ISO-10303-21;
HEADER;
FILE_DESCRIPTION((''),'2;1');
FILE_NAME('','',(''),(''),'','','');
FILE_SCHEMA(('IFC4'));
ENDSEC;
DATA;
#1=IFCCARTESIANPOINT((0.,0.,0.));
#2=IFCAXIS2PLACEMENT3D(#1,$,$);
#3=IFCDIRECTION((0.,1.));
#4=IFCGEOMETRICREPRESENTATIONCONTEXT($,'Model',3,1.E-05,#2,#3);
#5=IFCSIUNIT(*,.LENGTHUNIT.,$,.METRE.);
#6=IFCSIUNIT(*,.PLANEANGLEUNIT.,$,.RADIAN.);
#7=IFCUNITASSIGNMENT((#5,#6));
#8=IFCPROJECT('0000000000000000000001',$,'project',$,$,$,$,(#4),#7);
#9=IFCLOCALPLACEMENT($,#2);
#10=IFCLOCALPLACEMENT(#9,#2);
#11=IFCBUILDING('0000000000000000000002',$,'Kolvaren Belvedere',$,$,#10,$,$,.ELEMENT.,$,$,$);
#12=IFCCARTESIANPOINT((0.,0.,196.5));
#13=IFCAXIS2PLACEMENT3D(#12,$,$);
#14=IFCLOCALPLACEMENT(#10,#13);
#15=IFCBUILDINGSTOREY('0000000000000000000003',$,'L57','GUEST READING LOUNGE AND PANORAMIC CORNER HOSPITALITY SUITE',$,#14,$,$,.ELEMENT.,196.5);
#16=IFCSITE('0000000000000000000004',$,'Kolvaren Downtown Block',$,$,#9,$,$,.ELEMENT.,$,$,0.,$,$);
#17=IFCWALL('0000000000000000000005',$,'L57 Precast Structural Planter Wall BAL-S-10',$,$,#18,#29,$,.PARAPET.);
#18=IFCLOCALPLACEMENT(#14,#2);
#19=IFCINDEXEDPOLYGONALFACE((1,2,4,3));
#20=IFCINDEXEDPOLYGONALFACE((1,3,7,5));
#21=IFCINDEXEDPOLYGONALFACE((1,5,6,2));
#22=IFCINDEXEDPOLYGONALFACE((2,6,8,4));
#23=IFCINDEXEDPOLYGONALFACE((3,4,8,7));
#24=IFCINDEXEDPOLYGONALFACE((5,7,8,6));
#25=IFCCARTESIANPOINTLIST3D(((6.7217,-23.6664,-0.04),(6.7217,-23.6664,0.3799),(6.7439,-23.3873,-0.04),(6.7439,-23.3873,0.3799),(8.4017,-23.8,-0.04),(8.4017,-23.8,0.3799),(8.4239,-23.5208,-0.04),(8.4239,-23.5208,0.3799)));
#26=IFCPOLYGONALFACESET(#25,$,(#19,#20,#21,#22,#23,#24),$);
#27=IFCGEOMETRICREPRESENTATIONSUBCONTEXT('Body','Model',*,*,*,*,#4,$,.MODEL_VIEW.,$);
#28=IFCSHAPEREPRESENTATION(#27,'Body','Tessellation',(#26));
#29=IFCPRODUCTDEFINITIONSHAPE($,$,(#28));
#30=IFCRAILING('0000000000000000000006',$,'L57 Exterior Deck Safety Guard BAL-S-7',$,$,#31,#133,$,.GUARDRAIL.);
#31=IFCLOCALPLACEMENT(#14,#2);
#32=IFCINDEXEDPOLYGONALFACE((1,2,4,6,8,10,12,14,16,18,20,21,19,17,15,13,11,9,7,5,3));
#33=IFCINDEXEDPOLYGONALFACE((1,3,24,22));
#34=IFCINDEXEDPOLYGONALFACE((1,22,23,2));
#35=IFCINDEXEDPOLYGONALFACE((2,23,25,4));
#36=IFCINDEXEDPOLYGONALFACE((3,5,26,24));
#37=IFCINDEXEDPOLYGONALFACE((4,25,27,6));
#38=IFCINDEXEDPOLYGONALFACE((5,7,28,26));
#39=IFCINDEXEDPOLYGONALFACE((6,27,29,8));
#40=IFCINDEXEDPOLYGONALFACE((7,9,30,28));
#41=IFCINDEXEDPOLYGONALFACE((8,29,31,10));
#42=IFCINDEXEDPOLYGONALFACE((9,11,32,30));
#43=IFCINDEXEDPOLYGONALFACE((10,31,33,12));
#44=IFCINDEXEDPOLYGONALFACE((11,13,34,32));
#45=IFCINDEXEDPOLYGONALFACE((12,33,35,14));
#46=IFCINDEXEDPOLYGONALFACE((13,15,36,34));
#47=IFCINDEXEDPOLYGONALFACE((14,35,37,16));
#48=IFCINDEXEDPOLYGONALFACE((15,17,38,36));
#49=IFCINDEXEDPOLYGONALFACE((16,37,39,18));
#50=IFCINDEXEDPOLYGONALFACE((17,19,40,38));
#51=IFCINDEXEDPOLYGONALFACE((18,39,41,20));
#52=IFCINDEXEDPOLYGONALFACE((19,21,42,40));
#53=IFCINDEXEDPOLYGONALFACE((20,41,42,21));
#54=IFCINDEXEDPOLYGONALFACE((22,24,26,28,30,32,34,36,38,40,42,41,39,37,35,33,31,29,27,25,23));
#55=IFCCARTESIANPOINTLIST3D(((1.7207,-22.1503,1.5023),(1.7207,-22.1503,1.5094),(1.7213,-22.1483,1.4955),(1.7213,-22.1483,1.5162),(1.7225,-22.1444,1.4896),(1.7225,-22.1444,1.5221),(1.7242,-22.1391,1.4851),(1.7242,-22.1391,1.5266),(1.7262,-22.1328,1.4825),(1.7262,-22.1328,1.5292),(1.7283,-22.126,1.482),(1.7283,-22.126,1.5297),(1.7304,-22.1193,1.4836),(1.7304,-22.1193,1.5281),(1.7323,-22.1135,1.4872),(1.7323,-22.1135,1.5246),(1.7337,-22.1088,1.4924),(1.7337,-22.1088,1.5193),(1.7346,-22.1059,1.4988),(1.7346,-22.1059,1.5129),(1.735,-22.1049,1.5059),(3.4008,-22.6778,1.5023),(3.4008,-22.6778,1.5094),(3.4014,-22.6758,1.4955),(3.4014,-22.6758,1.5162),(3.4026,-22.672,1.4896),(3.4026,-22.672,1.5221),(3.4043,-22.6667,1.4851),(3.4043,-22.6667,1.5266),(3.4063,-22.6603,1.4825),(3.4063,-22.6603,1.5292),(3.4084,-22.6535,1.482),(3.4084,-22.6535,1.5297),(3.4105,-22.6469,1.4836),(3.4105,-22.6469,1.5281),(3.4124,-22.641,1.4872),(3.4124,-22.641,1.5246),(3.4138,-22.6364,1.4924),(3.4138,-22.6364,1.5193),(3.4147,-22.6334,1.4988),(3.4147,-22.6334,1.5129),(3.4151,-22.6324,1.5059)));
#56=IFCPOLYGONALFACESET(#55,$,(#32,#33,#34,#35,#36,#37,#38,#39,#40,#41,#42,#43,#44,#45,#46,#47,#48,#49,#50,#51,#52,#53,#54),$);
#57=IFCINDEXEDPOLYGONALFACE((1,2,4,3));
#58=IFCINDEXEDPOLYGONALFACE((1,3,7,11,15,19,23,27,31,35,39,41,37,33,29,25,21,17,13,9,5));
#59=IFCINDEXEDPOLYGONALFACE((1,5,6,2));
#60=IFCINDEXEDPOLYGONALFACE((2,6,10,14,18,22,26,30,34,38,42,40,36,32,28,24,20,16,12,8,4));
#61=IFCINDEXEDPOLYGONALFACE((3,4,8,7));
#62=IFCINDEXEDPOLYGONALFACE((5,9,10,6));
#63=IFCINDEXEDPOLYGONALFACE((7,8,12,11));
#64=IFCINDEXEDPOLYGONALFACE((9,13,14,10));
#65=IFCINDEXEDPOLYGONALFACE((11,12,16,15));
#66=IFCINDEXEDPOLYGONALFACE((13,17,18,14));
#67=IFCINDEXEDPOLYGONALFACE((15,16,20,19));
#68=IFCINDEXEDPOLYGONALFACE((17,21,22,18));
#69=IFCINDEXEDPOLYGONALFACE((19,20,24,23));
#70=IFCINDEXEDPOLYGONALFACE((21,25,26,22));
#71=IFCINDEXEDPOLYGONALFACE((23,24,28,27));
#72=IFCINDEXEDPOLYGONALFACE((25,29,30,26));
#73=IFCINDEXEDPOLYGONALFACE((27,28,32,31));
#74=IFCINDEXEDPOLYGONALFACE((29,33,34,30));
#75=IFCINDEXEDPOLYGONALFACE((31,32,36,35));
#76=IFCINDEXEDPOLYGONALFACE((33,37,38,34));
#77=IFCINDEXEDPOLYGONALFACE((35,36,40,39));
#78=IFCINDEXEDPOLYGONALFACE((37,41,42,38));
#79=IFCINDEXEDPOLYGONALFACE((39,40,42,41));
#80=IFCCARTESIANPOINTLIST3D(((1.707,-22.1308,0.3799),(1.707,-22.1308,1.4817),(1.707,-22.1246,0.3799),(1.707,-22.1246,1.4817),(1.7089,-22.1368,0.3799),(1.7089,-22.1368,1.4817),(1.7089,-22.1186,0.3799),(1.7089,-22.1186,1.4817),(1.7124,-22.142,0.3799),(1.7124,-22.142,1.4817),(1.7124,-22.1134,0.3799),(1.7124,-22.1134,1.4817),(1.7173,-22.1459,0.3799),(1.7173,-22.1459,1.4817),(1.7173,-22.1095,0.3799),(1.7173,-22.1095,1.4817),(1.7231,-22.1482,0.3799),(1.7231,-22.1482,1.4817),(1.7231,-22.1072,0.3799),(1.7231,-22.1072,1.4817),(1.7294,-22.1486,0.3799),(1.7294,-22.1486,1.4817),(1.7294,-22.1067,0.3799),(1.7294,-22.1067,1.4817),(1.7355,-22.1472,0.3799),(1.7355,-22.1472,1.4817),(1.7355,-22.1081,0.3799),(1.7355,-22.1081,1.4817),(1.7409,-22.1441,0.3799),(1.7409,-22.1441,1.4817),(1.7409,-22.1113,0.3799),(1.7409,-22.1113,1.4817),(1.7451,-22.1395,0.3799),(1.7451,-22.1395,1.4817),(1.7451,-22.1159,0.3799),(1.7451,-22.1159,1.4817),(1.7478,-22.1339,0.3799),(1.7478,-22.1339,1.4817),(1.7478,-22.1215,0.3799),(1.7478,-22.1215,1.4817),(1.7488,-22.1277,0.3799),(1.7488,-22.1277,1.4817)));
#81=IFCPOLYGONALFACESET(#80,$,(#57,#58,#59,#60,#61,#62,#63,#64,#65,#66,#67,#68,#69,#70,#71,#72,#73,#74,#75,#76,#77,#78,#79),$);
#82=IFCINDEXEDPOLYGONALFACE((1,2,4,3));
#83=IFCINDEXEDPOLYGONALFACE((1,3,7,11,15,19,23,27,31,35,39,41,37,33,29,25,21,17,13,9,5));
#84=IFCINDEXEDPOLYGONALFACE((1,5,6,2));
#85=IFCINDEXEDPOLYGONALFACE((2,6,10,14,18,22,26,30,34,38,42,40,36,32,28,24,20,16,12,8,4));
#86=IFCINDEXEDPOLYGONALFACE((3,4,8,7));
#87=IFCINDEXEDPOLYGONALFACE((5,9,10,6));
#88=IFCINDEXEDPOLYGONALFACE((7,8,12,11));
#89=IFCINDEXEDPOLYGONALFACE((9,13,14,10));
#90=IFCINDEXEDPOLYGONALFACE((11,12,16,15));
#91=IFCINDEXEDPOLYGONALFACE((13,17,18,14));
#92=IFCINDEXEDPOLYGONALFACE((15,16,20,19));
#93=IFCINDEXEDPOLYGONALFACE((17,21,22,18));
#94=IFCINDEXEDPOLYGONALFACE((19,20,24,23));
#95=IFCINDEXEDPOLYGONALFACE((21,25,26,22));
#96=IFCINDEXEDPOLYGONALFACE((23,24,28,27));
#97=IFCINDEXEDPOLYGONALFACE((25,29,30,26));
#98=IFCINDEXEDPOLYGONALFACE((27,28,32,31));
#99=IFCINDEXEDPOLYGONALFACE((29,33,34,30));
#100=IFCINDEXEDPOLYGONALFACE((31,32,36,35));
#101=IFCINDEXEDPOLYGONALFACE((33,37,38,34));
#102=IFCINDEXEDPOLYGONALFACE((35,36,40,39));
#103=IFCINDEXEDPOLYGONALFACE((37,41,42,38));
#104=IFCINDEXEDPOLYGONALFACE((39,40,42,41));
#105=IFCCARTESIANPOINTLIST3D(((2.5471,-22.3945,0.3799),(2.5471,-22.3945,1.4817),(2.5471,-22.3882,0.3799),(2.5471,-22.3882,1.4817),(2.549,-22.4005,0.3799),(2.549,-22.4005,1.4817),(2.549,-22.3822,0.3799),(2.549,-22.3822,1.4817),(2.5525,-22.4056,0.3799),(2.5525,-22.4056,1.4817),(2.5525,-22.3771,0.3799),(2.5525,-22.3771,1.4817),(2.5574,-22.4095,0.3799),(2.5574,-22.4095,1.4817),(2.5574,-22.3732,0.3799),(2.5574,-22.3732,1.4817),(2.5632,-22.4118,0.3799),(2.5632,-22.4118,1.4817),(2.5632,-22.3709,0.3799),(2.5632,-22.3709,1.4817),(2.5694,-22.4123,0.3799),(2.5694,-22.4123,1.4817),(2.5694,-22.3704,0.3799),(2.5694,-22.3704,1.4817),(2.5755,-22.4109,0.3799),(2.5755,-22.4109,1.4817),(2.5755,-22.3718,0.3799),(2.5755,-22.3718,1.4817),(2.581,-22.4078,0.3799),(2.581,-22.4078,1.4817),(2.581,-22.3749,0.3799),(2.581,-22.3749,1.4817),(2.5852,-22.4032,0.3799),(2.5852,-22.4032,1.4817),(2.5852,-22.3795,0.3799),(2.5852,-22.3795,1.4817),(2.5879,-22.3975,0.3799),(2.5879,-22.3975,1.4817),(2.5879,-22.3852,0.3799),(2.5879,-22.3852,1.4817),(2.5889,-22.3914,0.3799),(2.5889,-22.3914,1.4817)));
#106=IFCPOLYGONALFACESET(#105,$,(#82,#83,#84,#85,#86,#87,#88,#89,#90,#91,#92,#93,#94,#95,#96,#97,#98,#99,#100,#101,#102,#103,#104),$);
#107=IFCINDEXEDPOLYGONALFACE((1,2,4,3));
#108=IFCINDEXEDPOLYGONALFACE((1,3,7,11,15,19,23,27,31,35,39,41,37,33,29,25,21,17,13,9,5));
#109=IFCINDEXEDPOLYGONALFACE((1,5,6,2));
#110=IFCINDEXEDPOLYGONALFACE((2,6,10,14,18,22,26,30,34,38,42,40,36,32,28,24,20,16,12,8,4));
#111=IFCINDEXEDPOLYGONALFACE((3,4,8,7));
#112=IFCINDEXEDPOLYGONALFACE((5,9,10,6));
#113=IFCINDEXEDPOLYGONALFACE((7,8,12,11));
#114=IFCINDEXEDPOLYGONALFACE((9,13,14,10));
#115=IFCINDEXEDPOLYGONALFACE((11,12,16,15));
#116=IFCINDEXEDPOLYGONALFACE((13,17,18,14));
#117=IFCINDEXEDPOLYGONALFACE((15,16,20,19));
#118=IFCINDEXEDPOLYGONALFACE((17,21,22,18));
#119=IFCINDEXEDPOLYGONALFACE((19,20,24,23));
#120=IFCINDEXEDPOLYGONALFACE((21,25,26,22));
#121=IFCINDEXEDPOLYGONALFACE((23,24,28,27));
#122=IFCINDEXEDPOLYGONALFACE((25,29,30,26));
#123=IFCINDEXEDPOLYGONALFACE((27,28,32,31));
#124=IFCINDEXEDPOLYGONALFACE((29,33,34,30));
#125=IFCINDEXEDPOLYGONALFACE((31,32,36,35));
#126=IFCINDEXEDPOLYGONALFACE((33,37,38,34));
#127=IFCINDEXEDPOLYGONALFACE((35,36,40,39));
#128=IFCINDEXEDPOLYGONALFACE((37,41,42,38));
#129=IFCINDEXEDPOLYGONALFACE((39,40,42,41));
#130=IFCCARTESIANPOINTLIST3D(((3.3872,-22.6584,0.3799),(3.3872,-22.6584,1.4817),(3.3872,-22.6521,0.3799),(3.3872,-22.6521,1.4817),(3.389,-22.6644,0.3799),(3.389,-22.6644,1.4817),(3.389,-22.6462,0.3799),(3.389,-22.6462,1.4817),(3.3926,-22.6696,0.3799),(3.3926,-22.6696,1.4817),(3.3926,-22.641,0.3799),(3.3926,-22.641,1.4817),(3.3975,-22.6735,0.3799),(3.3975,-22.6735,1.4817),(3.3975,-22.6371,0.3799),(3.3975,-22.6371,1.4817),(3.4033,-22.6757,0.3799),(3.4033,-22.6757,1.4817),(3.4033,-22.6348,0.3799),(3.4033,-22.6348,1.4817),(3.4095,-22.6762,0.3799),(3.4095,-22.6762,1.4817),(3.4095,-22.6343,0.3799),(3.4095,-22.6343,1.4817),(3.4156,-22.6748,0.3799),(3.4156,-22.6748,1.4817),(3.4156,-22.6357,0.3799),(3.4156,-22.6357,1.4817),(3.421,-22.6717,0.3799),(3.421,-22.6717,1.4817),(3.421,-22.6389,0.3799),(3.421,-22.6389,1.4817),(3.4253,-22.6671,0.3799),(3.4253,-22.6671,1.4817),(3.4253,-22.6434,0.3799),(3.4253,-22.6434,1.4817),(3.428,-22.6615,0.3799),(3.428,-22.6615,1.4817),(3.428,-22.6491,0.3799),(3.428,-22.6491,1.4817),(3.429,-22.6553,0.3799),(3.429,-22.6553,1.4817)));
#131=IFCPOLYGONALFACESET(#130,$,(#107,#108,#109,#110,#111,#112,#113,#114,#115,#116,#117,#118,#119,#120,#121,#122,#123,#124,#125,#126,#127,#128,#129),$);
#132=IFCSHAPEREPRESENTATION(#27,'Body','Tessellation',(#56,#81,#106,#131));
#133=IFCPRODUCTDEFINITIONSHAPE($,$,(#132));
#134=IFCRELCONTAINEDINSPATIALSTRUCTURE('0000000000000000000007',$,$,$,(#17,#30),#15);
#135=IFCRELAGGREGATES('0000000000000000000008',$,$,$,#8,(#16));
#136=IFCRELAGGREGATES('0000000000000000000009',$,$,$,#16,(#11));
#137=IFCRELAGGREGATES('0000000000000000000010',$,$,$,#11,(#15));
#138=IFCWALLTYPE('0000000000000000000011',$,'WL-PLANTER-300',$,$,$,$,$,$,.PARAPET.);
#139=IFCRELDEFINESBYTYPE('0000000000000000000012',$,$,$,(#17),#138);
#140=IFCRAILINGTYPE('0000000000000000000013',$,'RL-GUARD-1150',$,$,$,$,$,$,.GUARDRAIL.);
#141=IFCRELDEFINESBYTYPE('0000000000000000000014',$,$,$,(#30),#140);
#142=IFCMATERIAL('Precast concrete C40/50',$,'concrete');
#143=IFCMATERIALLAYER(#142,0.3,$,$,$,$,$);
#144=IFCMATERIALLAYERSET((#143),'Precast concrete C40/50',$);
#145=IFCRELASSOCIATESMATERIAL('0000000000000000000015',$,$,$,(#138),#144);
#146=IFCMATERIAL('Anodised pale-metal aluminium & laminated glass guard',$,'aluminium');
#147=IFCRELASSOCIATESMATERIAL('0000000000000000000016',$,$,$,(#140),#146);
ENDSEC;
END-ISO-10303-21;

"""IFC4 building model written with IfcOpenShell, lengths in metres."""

from ifc_helpers import new_model, si_unit, direction, frame, frame_2d, origin, origin_2d, place, context, subcontext, project, spatial, rectangle, circle, extrude, material, layer, layer_set, type_object, element, save


model = new_model("IFC4")

# Units and contexts
model_context = context("Model", 3, precision=1e-05, world=origin(), true_north=direction((0.0, 1.0)))
body_context = subcontext(model_context, "Body", "Model", "MODEL_VIEW")
ifc_project = project(units=[si_unit("LENGTHUNIT", "METRE"), si_unit("PLANEANGLEUNIT", "RADIAN")], contexts=[model_context])

# Site, building, storey
site_placement = place(None, origin())
site = spatial("IfcSite", under=ifc_project, at=site_placement, Name="Kolvaren Downtown Block", CompositionType="ELEMENT", RefElevation=0.0)
building_placement = place(site_placement, origin())
building = spatial("IfcBuilding", under=site, at=building_placement, Name="Kolvaren Belvedere", CompositionType="ELEMENT")
storey_placement = place(building_placement, frame((0.0, 0.0, 196.5)))
storey = spatial("IfcBuildingStorey", under=building, at=storey_placement, Name="L57", Description="GUEST READING LOUNGE AND PANORAMIC CORNER HOSPITALITY SUITE", CompositionType="ELEMENT", Elevation=196.5)

# Wall
ifc_material_1 = material(Name="Precast concrete C40/50", Category="concrete")
ifc_layer_1 = layer(ifc_material_1, 0.3)
ifc_layer_set_1 = layer_set([ifc_layer_1], Name="Precast concrete C40/50")
wall_type_1 = type_object("IfcWallType", Name="WL-PLANTER-300", PredefinedType="PARAPET", material=ifc_layer_set_1)
wall_1_placement = place(storey_placement, frame((6.7327, -23.5269, -0.04), z_axis=(0.0, 0.0, 1.0), x_axis=(0.996855, -0.079244, 0.0)))
element("IfcWall", 1, at=wall_1_placement, inside=storey, type_object=wall_type_1, Name="L57 Precast Structural Planter Wall BAL-S-10", PredefinedType="PARAPET", context=body_context, shape_type="SweptSolid", body=[
    extrude(rectangle(XDim=1.6853, YDim=0.28, at=frame_2d((0.8428, 0.0))), origin(), (0.0, 0.0, 1.0), 0.4199),
])

# Railing
ifc_material_2 = material(Name="Anodised pale-metal aluminium & laminated glass guard", Category="aluminium")
railing_type = type_object("IfcRailingType", Name="RL-GUARD-1150", PredefinedType="GUARDRAIL", material=ifc_material_2)
railing_1_placement = place(storey_placement, frame((1.7278, -22.1277, 0.3799)))
element("IfcRailing", 2, at=railing_1_placement, inside=storey, type_object=railing_type, Name="L57 Exterior Deck Safety Guard BAL-S-7", PredefinedType="GUARDRAIL", context=body_context, shape_type="SweptSolid", body=[
    extrude(circle(Radius=0.0239, at=origin_2d()), frame((0.0, 0.0, 1.126), z_axis=(0.95407, -0.299585, 0.0), x_axis=(0.299585, 0.95407, 0.0)), (0.0, 0.0, 1.0), 1.761),
    extrude(circle(Radius=0.021, at=origin_2d()), origin(), (0.0, 0.0, 1.0), 1.1018),
    extrude(circle(Radius=0.021, at=origin_2d()), frame((0.8401, -0.2637, 0.0)), (0.0, 0.0, 1.0), 1.1018),
    extrude(circle(Radius=0.021, at=origin_2d()), frame((1.6802, -0.5276, 0.0)), (0.0, 0.0, 1.0), 1.1018),
])

save(model, "model.ifc")
